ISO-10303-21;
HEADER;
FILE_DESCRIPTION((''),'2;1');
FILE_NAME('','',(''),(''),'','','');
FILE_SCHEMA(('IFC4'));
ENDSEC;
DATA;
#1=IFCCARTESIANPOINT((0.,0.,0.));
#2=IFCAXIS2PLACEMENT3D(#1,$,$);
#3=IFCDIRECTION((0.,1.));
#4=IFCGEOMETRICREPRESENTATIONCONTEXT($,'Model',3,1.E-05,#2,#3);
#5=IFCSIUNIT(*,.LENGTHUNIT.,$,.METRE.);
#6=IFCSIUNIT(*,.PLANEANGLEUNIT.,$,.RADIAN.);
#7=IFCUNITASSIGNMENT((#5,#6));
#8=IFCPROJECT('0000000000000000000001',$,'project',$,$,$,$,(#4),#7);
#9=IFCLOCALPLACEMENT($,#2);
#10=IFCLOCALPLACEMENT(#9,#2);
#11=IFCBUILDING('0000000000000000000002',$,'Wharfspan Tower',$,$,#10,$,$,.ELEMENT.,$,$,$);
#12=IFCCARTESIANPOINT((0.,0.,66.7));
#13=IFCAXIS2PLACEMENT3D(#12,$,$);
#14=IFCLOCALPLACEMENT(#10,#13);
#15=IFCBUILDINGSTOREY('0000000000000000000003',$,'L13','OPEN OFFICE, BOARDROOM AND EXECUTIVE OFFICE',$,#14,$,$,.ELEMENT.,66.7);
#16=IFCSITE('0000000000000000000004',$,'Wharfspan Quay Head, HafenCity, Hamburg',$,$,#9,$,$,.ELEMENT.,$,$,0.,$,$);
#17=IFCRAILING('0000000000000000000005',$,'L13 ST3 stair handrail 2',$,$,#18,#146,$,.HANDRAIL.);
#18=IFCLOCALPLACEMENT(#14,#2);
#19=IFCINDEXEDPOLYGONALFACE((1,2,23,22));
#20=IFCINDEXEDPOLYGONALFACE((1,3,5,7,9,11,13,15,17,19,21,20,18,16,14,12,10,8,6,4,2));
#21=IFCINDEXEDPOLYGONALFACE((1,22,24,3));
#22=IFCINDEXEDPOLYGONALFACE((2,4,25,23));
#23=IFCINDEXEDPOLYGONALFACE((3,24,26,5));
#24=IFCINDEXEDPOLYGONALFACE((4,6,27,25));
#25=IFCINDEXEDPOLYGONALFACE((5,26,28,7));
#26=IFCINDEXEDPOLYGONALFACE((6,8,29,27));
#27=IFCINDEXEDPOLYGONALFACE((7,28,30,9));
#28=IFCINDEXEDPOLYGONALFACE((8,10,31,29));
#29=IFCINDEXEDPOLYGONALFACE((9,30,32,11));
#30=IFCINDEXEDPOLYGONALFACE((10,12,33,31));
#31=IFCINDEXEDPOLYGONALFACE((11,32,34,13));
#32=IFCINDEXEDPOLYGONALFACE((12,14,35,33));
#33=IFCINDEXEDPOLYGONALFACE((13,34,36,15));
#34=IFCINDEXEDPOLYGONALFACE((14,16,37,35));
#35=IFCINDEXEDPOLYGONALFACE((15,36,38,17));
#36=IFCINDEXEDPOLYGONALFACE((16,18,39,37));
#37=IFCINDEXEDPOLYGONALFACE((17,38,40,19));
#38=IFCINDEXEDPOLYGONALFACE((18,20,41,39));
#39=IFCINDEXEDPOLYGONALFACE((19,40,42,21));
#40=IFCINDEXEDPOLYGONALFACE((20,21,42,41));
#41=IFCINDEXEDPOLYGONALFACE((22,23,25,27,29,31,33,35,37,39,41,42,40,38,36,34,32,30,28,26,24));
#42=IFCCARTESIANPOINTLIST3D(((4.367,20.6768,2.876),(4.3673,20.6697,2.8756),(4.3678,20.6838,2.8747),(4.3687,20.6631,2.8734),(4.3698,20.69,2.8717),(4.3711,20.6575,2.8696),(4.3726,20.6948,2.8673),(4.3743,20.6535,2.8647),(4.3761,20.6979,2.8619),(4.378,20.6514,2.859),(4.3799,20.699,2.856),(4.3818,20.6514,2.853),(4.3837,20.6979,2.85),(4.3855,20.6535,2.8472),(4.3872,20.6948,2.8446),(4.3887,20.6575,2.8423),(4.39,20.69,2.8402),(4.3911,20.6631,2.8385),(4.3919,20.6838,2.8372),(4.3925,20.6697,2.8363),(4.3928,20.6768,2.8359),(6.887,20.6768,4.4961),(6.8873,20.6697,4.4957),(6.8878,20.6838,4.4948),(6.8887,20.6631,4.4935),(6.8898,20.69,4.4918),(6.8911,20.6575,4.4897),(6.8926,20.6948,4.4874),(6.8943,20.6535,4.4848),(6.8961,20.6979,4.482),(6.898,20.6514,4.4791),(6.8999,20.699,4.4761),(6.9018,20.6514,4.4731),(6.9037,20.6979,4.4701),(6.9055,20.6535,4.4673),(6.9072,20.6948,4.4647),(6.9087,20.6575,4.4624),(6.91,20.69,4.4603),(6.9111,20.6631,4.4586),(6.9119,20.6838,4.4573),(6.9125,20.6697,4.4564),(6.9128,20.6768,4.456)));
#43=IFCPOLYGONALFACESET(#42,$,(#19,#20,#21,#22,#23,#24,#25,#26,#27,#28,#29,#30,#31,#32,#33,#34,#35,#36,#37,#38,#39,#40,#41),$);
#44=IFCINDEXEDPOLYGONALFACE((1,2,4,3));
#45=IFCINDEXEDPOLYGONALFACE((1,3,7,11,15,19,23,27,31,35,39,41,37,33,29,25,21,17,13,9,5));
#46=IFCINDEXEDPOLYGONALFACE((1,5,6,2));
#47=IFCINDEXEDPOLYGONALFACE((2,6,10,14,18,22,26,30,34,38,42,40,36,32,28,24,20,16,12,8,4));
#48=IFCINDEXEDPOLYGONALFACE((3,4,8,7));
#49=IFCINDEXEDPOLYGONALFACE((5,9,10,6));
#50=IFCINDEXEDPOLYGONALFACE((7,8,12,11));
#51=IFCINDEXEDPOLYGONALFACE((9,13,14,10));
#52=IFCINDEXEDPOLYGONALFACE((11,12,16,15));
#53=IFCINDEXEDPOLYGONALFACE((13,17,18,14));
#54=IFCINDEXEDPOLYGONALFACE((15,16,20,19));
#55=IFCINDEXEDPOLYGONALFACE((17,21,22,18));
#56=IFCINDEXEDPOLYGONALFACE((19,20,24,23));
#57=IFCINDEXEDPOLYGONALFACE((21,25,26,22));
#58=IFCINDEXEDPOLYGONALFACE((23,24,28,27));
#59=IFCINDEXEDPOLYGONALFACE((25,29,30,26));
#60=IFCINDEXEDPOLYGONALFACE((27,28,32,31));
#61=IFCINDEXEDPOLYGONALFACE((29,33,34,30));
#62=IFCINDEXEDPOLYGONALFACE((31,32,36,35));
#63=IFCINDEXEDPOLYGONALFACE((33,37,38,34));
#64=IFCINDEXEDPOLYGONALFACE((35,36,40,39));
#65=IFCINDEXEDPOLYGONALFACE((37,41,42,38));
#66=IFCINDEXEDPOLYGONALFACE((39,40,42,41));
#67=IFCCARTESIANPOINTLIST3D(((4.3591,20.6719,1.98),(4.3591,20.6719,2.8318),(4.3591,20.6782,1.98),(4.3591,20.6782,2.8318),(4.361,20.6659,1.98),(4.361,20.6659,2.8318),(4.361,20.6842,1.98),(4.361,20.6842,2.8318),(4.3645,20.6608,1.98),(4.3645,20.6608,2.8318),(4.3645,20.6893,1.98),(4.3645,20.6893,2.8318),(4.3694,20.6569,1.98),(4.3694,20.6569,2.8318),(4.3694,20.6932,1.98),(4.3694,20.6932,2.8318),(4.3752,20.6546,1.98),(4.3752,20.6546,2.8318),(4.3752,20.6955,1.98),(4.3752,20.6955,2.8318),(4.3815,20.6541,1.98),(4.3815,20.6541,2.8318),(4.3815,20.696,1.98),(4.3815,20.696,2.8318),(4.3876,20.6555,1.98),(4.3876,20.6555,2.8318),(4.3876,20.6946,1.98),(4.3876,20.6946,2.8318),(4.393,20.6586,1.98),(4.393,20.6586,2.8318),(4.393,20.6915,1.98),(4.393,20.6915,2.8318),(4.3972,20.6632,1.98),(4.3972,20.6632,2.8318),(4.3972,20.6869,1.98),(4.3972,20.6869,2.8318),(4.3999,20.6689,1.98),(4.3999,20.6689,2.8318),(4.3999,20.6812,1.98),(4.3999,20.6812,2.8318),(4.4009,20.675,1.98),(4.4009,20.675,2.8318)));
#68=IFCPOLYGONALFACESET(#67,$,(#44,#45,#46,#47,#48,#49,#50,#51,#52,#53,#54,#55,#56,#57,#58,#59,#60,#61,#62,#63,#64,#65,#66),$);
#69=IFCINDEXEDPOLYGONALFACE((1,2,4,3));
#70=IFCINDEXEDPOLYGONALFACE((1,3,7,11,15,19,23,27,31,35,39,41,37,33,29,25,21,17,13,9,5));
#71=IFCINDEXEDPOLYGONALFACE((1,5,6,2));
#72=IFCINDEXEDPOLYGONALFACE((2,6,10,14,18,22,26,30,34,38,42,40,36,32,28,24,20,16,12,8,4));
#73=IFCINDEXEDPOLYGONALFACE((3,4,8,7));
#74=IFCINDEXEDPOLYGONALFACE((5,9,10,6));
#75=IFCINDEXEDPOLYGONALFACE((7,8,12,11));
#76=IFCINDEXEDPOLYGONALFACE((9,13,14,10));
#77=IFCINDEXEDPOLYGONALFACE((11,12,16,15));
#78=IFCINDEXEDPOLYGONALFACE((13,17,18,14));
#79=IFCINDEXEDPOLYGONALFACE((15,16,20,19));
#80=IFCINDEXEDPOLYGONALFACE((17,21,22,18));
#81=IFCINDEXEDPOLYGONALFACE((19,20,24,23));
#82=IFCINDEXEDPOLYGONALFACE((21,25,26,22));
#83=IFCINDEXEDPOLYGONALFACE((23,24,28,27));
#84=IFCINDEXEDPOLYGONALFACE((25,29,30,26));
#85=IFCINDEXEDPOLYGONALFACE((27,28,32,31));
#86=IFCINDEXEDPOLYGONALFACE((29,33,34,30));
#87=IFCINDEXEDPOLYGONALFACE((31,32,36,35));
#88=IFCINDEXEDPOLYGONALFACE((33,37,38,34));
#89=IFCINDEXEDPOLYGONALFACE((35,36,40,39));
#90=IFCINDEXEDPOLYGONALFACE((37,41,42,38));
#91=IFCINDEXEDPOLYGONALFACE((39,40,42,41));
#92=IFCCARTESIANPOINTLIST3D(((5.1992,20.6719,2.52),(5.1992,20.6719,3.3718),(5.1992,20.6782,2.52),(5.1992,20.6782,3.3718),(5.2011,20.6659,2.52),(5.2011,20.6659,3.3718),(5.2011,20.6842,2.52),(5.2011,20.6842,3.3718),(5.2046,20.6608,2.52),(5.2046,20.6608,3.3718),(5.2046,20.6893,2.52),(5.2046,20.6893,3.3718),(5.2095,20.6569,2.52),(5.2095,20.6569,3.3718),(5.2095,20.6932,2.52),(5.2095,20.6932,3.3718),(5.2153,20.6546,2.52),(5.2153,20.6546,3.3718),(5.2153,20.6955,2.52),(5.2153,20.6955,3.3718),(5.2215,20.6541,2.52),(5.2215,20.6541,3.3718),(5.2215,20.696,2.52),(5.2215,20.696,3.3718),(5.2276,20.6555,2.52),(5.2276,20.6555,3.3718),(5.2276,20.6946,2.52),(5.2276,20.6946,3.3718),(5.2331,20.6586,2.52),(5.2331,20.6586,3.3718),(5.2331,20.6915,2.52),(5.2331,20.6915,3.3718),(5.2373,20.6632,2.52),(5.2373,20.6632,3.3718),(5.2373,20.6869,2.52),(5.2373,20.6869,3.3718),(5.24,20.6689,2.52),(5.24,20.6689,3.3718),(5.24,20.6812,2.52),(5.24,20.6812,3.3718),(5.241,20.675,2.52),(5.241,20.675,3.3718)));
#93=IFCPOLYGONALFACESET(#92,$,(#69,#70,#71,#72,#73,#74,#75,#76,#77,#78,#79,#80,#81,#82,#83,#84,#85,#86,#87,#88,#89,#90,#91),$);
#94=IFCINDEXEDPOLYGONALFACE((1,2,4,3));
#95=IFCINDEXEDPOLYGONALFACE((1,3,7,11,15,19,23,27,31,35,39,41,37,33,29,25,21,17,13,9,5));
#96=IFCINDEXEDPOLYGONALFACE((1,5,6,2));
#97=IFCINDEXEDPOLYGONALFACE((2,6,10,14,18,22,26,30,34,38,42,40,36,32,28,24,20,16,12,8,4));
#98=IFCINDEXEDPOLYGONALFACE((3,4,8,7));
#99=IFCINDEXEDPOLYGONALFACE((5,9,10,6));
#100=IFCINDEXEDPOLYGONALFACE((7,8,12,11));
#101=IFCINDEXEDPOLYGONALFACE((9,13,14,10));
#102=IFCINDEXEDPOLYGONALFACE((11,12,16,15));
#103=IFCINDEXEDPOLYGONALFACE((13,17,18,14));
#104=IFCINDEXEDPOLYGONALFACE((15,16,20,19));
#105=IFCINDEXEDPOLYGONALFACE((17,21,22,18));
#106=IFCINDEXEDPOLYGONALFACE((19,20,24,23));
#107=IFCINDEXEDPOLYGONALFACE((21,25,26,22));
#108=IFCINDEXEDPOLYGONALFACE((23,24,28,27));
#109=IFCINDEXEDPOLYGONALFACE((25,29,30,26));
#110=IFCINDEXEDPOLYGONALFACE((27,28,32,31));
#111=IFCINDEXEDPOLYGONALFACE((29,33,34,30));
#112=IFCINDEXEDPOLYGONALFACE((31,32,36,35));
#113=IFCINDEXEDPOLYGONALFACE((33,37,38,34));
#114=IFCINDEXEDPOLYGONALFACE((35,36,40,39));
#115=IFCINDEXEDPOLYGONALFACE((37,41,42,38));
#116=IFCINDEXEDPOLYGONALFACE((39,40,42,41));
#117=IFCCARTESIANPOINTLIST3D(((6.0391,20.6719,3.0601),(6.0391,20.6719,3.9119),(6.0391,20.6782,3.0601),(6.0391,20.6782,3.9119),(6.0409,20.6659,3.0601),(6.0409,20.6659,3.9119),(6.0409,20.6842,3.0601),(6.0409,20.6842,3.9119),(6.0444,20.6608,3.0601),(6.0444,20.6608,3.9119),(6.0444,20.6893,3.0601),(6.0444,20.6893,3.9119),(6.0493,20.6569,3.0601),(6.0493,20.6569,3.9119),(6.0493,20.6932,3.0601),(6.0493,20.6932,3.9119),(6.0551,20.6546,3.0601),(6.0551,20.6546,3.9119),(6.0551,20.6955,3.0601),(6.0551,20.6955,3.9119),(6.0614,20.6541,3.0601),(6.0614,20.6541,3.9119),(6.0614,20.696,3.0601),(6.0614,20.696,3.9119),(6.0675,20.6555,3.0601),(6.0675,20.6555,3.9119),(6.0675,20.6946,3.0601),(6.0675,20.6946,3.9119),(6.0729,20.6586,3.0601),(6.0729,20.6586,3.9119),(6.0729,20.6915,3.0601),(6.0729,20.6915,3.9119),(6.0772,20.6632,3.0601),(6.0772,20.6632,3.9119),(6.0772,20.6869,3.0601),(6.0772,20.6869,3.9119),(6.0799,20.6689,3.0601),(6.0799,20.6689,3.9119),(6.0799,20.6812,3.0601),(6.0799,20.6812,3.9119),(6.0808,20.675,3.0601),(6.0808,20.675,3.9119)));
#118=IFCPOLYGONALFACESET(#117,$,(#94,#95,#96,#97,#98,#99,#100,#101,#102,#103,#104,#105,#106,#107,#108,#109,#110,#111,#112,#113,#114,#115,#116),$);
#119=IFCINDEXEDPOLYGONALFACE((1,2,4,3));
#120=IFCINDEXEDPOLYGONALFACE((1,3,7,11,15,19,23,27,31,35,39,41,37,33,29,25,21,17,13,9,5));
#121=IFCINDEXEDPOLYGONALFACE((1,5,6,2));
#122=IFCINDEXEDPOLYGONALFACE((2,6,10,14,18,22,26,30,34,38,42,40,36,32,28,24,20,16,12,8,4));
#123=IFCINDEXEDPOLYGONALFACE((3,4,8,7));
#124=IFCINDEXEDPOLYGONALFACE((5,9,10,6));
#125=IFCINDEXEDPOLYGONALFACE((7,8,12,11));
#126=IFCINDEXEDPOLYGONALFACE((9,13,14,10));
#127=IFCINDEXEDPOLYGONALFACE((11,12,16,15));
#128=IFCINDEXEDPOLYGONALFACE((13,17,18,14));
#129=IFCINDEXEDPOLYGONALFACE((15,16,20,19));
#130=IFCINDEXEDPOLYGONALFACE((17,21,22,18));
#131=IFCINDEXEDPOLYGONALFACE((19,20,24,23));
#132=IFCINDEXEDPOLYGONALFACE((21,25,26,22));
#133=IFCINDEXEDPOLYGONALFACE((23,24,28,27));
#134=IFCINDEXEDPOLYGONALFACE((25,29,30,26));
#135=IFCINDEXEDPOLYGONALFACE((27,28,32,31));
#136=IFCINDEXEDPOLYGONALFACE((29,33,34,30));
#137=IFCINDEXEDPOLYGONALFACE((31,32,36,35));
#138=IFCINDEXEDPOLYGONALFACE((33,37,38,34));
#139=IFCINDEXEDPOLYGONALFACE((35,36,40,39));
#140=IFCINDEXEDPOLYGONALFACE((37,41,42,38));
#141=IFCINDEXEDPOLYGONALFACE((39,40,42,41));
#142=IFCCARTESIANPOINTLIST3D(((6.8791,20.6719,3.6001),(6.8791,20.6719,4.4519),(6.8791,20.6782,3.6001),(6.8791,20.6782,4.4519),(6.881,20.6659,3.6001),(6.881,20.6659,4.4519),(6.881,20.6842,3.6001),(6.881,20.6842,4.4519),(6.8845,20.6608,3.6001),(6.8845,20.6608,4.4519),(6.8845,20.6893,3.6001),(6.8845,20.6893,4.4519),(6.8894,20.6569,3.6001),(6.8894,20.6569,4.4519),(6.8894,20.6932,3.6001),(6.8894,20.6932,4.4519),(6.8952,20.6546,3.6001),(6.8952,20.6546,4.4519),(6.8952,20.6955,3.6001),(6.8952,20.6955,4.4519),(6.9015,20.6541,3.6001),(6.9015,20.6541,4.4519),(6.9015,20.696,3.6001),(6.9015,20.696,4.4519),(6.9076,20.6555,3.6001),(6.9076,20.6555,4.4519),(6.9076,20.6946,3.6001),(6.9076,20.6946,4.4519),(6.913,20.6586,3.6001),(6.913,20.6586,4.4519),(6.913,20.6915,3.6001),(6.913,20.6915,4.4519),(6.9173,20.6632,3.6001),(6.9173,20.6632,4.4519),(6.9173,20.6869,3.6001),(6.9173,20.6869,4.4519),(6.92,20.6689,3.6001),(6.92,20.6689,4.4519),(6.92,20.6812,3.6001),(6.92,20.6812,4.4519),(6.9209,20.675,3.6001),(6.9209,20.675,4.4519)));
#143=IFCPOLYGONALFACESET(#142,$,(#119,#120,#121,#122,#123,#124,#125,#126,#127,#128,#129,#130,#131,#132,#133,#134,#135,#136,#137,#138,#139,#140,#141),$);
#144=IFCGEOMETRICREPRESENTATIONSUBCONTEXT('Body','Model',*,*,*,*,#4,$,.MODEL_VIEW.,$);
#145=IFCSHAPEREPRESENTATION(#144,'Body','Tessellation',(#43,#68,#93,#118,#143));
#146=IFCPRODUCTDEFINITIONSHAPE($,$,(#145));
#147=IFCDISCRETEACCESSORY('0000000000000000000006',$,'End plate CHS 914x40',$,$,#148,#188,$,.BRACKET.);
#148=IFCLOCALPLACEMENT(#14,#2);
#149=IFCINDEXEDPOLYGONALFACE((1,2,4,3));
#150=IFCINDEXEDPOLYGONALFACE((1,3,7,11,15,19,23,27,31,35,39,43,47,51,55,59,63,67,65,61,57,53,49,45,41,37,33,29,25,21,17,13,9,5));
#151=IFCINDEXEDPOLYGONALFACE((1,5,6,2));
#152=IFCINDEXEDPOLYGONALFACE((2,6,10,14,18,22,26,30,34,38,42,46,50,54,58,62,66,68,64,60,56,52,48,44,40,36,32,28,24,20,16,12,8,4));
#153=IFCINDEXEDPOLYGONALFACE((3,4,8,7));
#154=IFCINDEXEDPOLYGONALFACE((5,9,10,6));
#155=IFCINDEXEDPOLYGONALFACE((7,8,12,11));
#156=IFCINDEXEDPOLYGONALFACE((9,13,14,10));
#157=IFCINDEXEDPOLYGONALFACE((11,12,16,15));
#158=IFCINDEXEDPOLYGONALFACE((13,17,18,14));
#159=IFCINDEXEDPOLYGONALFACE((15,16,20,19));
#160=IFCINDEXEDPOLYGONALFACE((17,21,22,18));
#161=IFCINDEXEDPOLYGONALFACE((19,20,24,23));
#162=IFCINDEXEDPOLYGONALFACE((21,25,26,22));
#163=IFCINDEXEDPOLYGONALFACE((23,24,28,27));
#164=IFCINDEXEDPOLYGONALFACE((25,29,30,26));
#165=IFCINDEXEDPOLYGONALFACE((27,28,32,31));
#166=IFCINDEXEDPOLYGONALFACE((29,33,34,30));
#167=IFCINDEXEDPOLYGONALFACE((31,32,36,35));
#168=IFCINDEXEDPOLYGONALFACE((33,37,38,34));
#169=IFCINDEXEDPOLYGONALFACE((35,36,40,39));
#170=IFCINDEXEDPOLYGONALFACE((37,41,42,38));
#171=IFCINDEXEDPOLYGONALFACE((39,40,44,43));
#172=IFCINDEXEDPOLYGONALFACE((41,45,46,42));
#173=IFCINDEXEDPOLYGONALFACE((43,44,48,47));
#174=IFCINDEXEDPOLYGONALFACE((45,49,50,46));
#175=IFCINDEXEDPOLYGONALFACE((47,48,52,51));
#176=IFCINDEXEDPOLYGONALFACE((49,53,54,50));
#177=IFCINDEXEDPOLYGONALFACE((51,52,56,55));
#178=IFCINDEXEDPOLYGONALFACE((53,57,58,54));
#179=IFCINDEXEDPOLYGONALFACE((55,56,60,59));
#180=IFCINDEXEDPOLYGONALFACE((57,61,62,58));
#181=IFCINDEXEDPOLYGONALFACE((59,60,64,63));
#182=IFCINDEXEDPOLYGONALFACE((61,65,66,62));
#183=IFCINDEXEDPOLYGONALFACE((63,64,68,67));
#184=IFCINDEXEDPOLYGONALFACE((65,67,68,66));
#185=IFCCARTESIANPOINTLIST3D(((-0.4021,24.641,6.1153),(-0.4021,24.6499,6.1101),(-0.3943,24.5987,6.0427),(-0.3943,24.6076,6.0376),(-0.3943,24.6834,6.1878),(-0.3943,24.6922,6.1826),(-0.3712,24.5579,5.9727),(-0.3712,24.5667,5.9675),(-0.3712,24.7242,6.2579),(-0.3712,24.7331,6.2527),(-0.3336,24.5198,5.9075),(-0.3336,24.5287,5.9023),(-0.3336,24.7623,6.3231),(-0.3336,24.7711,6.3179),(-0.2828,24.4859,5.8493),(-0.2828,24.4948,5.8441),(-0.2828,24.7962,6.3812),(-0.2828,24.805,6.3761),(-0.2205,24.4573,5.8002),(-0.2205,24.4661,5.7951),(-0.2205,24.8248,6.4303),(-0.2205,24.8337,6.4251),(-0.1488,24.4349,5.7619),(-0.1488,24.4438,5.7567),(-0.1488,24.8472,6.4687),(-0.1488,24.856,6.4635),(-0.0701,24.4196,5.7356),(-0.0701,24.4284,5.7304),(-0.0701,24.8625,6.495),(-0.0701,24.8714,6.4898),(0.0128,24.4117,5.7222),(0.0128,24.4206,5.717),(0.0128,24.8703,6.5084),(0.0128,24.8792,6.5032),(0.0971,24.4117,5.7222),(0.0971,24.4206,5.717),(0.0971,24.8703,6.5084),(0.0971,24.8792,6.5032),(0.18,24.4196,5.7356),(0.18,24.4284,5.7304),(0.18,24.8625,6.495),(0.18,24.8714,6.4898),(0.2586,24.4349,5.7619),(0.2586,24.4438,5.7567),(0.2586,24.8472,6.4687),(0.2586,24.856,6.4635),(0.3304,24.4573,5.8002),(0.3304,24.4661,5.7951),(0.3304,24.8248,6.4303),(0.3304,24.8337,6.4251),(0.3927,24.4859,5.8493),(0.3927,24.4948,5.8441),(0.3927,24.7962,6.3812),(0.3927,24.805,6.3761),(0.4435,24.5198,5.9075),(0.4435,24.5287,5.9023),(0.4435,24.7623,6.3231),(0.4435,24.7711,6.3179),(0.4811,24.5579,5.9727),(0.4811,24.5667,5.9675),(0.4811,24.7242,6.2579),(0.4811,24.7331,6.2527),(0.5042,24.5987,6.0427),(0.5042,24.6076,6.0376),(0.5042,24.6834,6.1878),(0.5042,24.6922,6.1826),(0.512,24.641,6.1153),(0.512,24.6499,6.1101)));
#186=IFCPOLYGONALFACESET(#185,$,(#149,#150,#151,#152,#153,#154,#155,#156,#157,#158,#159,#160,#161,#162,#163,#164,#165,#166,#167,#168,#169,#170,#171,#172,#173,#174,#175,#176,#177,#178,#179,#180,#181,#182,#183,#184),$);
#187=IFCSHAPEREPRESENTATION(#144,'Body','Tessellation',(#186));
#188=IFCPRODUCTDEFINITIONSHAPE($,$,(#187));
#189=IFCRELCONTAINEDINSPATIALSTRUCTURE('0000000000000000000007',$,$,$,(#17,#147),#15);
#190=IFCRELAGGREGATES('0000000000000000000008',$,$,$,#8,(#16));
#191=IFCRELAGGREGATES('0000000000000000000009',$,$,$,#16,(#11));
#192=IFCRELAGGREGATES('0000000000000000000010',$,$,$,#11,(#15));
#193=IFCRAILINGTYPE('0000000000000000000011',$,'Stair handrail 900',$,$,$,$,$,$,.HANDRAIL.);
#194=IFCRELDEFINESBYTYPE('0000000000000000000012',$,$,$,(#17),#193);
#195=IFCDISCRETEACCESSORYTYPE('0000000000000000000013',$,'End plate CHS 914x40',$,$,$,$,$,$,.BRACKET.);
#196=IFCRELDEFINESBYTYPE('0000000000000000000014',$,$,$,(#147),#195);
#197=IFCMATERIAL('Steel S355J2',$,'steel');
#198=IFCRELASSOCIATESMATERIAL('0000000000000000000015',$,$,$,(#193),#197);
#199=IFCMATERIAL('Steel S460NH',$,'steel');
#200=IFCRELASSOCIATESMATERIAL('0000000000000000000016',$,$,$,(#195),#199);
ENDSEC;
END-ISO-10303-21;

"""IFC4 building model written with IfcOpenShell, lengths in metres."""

from ifc_helpers import new_model, si_unit, direction, frame, origin, origin_2d, place, context, subcontext, project, spatial, circle, extrude, material, material_profile, profile_set, type_object, element, save


model = new_model("IFC4")

# Units and contexts
model_context = context("Model", 3, precision=1e-05, world=origin(), true_north=direction((0.0, 1.0)))
body_context = subcontext(model_context, "Body", "Model", "MODEL_VIEW")
ifc_project = project(units=[si_unit("LENGTHUNIT", "METRE"), si_unit("PLANEANGLEUNIT", "RADIAN")], contexts=[model_context])

# Site, building, storey
site_placement = place(None, origin())
site = spatial("IfcSite", under=ifc_project, at=site_placement, Name="Wharfspan Quay Head, HafenCity, Hamburg", CompositionType="ELEMENT", RefElevation=0.0)
building_placement = place(site_placement, origin())
building = spatial("IfcBuilding", under=site, at=building_placement, Name="Wharfspan Tower", CompositionType="ELEMENT")
storey_placement = place(building_placement, frame((0.0, 0.0, 66.7)))
storey = spatial("IfcBuildingStorey", under=building, at=storey_placement, Name="L13", Description="OPEN OFFICE, BOARDROOM AND EXECUTIVE OFFICE", CompositionType="ELEMENT", Elevation=66.7)

# Shared definitions
ifc_material_1 = material(Name="Steel S355J2", Category="steel")

# Shared definitions
ifc_material_2 = material(Name="Steel S460NH", Category="steel")

# Railing
railing_type_1 = type_object("IfcRailingType", Name="Stair handrail 900", PredefinedType="HANDRAIL", material=ifc_material_1)
railing_1_placement = place(storey_placement, frame((4.3799, 20.675, 1.98)))
element("IfcRailing", 1, at=railing_1_placement, inside=storey, type_object=railing_type_1, Name="L13 ST3 stair handrail 2", PredefinedType="HANDRAIL", context=body_context, shape_type="SweptSolid", body=[
    extrude(circle(Radius=0.0239, at=origin_2d()), frame((0.0, 0.0, 0.876), z_axis=(0.841163, 0.0, 0.540782), x_axis=(0.0, 1.0, 0.0)), (0.0, 0.0, 1.0), 2.9958),
    extrude(circle(Radius=0.021, at=origin_2d()), origin(), (0.0, 0.0, 1.0), 0.8518),
    extrude(circle(Radius=0.021, at=origin_2d()), frame((0.8401, 0.0, 0.54)), (0.0, 0.0, 1.0), 0.8518),
    extrude(circle(Radius=0.021, at=origin_2d()), frame((1.6799, 0.0, 1.0801)), (0.0, 0.0, 1.0), 0.8518),
    extrude(circle(Radius=0.021, at=origin_2d()), frame((2.52, 0.0, 1.6201)), (0.0, 0.0, 1.0), 0.8518),
])

# Discrete accessory
ifc_material_profile_1 = material_profile(ifc_material_2, circle(Radius=0.457, at=origin_2d()))
ifc_profile_set_1 = profile_set([ifc_material_profile_1], Name="Steel S460NH")
discrete_accessory_type = type_object("IfcDiscreteAccessoryType", Name="End plate CHS 914x40", PredefinedType="BRACKET", material=ifc_profile_set_1)
for number, where, z_axis, x_axis, name in (
    (2, (0.0549, 24.6499, 6.1101), (0.0, -0.863779, 0.503871), (1.0, 0.0, 0.0), "End plate CHS 914x40"),
):
    element("IfcDiscreteAccessory", number, at=place(storey_placement, frame(where, z_axis=z_axis, x_axis=x_axis)), inside=storey, type_object=discrete_accessory_type, Name=name, PredefinedType="BRACKET", context=body_context, shape_type="SweptSolid", body=[
        extrude(circle(Radius=0.457, at=origin_2d()), origin(), (0.0, 0.0, 1.0), 0.0103),
    ])

save(model, "model.ifc")
